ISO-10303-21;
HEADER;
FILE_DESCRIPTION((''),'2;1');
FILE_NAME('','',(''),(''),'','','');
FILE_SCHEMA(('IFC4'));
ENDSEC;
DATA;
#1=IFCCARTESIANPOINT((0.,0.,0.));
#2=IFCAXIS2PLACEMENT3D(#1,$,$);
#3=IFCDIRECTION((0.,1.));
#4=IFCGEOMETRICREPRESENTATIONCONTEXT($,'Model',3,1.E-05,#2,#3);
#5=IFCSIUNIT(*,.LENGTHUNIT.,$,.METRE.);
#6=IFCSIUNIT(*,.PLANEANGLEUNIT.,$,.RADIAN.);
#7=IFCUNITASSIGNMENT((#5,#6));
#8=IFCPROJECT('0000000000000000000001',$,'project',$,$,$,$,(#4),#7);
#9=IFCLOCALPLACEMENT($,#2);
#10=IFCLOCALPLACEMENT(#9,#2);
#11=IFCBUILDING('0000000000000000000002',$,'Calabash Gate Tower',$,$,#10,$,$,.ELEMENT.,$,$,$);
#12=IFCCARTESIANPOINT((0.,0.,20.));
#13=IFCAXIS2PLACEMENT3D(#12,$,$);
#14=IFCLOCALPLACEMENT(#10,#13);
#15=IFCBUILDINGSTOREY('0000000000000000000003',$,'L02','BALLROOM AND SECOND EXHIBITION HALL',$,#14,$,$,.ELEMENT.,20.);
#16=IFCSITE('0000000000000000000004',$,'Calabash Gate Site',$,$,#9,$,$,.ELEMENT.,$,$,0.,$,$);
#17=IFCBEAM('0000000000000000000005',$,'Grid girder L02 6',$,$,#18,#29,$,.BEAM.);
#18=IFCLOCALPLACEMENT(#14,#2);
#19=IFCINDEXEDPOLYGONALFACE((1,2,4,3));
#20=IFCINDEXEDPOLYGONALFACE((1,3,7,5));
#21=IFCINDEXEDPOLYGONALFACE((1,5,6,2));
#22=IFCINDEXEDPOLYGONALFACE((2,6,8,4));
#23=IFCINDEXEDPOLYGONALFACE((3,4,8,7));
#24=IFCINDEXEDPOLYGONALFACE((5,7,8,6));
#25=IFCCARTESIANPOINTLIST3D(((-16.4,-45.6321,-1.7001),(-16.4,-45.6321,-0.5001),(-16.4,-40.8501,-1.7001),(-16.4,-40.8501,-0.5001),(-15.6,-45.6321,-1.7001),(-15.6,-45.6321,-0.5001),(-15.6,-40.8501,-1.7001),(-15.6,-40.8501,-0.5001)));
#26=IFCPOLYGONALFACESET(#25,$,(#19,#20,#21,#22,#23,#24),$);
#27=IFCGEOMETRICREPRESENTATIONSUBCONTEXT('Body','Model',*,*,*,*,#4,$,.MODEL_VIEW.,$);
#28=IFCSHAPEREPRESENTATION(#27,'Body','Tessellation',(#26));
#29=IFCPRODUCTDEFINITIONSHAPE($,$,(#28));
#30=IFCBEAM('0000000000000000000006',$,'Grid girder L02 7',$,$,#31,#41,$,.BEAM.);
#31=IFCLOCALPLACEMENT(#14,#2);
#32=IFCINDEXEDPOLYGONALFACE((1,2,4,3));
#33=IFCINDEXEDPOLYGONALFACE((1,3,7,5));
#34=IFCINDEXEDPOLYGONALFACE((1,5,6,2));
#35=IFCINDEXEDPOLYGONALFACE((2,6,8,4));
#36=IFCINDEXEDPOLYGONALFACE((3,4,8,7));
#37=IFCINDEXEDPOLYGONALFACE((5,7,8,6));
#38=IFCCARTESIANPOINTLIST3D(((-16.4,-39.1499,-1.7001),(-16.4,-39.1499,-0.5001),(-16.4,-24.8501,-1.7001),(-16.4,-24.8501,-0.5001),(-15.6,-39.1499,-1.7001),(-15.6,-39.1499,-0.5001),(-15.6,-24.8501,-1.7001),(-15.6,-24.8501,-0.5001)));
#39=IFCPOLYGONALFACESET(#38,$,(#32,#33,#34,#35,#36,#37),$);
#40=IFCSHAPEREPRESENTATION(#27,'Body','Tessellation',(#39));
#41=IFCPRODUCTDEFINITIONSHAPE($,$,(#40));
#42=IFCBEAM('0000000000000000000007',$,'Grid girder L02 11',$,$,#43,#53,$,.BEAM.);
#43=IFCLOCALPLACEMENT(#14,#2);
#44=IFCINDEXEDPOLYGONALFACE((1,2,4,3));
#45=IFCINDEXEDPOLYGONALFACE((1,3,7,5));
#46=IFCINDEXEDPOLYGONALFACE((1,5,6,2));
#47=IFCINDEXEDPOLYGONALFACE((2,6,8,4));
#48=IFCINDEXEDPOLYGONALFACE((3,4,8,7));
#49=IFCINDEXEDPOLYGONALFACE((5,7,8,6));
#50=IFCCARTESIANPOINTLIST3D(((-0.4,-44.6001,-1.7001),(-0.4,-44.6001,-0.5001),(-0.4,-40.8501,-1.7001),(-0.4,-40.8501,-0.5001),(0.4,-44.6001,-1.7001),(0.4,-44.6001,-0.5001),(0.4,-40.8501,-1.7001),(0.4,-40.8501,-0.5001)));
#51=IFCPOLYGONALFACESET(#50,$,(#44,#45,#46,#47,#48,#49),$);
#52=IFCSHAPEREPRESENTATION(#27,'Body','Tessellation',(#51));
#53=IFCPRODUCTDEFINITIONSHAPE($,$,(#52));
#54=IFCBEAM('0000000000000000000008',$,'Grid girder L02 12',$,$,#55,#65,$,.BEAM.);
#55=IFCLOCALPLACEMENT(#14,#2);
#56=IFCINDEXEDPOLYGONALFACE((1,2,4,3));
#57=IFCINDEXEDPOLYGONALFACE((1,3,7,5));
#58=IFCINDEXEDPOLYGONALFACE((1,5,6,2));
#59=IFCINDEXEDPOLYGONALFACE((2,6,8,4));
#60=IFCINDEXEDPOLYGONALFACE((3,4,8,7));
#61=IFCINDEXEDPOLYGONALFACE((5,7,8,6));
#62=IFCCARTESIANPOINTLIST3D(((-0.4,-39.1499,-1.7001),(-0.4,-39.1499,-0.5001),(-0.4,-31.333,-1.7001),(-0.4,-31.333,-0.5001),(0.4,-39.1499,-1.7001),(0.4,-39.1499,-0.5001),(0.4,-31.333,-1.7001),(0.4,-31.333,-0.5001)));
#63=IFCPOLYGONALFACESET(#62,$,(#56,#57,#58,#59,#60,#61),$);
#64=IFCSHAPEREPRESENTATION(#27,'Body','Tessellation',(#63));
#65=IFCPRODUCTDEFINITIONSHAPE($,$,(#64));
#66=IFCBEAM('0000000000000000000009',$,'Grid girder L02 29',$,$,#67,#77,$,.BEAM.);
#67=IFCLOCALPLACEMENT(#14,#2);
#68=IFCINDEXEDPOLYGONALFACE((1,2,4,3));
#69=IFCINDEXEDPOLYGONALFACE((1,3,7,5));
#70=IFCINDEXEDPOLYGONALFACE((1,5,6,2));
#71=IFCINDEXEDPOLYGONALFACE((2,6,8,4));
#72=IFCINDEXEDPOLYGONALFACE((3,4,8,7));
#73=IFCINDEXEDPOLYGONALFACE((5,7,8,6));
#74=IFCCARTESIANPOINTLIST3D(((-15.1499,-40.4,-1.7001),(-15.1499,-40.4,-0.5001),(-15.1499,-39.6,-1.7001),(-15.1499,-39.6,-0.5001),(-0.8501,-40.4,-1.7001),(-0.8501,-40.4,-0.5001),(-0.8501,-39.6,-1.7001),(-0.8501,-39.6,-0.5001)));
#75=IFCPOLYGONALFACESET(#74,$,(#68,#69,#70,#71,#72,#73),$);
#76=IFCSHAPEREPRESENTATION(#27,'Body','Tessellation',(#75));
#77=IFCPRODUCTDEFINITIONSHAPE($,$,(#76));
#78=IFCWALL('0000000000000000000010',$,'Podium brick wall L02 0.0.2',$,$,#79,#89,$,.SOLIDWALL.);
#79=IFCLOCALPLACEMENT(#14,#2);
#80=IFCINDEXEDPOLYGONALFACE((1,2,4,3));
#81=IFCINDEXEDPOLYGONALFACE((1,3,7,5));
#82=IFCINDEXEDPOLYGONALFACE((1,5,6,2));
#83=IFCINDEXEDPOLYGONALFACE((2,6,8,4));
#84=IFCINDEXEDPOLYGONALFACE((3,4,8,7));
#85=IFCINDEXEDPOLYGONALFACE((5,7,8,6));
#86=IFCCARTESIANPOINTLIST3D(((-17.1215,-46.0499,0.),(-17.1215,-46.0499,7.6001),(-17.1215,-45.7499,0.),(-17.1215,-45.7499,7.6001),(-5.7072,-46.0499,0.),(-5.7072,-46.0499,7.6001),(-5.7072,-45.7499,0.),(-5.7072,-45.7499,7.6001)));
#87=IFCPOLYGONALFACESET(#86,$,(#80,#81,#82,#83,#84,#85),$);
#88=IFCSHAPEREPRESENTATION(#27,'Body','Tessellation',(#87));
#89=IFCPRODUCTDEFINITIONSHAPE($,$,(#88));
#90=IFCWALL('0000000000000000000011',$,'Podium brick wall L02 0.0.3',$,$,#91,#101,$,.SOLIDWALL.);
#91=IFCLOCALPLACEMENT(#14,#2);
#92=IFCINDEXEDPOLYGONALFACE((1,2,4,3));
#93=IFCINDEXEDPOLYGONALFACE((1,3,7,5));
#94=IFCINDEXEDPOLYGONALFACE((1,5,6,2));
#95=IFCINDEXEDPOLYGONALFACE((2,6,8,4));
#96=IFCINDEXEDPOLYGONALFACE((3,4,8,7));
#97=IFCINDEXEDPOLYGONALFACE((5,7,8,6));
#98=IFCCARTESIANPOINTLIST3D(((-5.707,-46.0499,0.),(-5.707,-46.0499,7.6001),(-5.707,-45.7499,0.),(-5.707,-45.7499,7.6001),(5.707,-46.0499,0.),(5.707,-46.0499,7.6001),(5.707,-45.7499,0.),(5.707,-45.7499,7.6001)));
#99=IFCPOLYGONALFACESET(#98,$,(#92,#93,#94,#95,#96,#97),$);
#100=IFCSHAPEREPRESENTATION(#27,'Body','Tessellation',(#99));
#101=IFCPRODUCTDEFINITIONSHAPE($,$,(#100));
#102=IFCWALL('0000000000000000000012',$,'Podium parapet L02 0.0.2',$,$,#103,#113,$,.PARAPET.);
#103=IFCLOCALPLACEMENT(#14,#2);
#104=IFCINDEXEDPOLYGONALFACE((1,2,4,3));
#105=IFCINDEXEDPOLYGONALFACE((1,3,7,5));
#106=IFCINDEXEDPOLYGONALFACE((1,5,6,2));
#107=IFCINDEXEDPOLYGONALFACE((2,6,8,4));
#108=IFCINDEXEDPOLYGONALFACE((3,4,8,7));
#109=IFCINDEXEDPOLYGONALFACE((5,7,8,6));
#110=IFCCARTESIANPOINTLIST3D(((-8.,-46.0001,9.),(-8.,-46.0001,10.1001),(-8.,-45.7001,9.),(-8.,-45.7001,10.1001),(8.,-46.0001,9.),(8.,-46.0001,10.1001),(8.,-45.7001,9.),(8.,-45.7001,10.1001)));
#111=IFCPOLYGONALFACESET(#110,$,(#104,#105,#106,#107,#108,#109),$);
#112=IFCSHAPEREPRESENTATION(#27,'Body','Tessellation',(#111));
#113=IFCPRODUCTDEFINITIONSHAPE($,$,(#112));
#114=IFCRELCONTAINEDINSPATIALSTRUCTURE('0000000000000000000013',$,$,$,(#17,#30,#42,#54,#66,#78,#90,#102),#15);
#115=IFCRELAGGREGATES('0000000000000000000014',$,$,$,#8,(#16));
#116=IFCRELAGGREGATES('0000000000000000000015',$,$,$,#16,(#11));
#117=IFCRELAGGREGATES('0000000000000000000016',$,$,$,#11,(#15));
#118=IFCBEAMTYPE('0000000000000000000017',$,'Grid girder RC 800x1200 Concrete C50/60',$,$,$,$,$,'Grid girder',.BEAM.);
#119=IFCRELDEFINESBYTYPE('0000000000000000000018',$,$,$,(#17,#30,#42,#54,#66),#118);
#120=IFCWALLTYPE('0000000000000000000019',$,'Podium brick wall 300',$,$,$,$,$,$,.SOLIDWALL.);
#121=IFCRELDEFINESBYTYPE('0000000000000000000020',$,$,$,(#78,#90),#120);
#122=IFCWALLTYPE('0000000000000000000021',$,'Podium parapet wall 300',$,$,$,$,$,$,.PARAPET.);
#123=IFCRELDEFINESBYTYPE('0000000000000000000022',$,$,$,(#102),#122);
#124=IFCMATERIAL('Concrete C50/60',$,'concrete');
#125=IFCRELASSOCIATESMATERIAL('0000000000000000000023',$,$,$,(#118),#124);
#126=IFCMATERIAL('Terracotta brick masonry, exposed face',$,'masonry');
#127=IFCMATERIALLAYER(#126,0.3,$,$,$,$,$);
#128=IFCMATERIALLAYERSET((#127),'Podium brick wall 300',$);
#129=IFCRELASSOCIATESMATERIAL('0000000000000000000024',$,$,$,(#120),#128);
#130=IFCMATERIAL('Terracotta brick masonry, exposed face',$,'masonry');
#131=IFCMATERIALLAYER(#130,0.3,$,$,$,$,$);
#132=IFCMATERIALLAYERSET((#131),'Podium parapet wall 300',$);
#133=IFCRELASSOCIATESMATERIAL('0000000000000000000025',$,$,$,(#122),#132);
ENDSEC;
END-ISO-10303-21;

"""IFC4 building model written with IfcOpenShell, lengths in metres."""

from ifc_helpers import new_model, si_unit, direction, frame, frame_2d, origin, origin_2d, place, context, subcontext, project, spatial, rectangle, extrude, material, layer, layer_set, material_profile, profile_set, type_object, element, save


model = new_model("IFC4")

# Units and contexts
model_context = context("Model", 3, precision=1e-05, world=origin(), true_north=direction((0.0, 1.0)))
body_context = subcontext(model_context, "Body", "Model", "MODEL_VIEW")
ifc_project = project(units=[si_unit("LENGTHUNIT", "METRE"), si_unit("PLANEANGLEUNIT", "RADIAN")], contexts=[model_context])

# Site, building, storey
site_placement = place(None, origin())
site = spatial("IfcSite", under=ifc_project, at=site_placement, Name="Calabash Gate Site", CompositionType="ELEMENT", RefElevation=0.0)
building_placement = place(site_placement, origin())
building = spatial("IfcBuilding", under=site, at=building_placement, Name="Calabash Gate Tower", CompositionType="ELEMENT")
storey_placement = place(building_placement, frame((0.0, 0.0, 20.0)))
storey = spatial("IfcBuildingStorey", under=building, at=storey_placement, Name="L02", Description="BALLROOM AND SECOND EXHIBITION HALL", CompositionType="ELEMENT", Elevation=20.0)

# Beams
ifc_material_1 = material(Name="Concrete C50/60", Category="concrete")
ifc_material_profile_1 = material_profile(ifc_material_1, rectangle(XDim=0.8, YDim=1.2, at=origin_2d()))
ifc_profile_set_1 = profile_set([ifc_material_profile_1], Name="Concrete C50/60")
beam_type_1 = type_object("IfcBeamType", Name="Grid girder RC 800x1200 Concrete C50/60", ElementType="Grid girder", PredefinedType="BEAM", material=ifc_profile_set_1)
beam_1_placement = place(storey_placement, frame((-16.0, -45.6321, -1.1001), z_axis=(0.0, 1.0, 0.0), x_axis=(-1.0, 0.0, 0.0)))
element("IfcBeam", 1, at=beam_1_placement, inside=storey, type_object=beam_type_1, Name="Grid girder L02 6", PredefinedType="BEAM", context=body_context, shape_type="SweptSolid", body=[
    extrude(rectangle(XDim=0.8, YDim=1.2, at=origin_2d()), origin(), (0.0, 0.0, 1.0), 4.782),
])
beam_2_placement = place(storey_placement, frame((-16.0, -39.1499, -1.1001), z_axis=(0.0, 1.0, 0.0), x_axis=(-1.0, 0.0, 0.0)))
element("IfcBeam", 2, at=beam_2_placement, inside=storey, type_object=beam_type_1, Name="Grid girder L02 7", PredefinedType="BEAM", context=body_context, shape_type="SweptSolid", body=[
    extrude(rectangle(XDim=0.8, YDim=1.2, at=origin_2d()), origin(), (0.0, 0.0, 1.0), 14.2998),
])
beam_3_placement = place(storey_placement, frame((0.0, -44.6001, -1.1001), z_axis=(0.0, 1.0, 0.0), x_axis=(-1.0, 0.0, 0.0)))
element("IfcBeam", 3, at=beam_3_placement, inside=storey, type_object=beam_type_1, Name="Grid girder L02 11", PredefinedType="BEAM", context=body_context, shape_type="SweptSolid", body=[
    extrude(rectangle(XDim=0.8, YDim=1.2, at=origin_2d()), origin(), (0.0, 0.0, 1.0), 3.75),
])
beam_4_placement = place(storey_placement, frame((0.0, -39.1499, -1.1001), z_axis=(0.0, 1.0, 0.0), x_axis=(-1.0, 0.0, 0.0)))
element("IfcBeam", 4, at=beam_4_placement, inside=storey, type_object=beam_type_1, Name="Grid girder L02 12", PredefinedType="BEAM", context=body_context, shape_type="SweptSolid", body=[
    extrude(rectangle(XDim=0.8, YDim=1.2, at=origin_2d()), origin(), (0.0, 0.0, 1.0), 7.8169),
])
beam_5_placement = place(storey_placement, frame((-15.1499, -40.0, -1.1001), z_axis=(1.0, 0.0, 0.0), x_axis=(0.0, 1.0, 0.0)))
element("IfcBeam", 5, at=beam_5_placement, inside=storey, type_object=beam_type_1, Name="Grid girder L02 29", PredefinedType="BEAM", context=body_context, shape_type="SweptSolid", body=[
    extrude(rectangle(XDim=0.8, YDim=1.2, at=origin_2d()), origin(), (0.0, 0.0, 1.0), 14.2998),
])

# Walls
ifc_material_2 = material(Name="Terracotta brick masonry, exposed face", Category="masonry")
ifc_layer_1 = layer(ifc_material_2, 0.3)
ifc_layer_set_1 = layer_set([ifc_layer_1], Name="Podium brick wall 300")
wall_type_1 = type_object("IfcWallType", Name="Podium brick wall 300", PredefinedType="SOLIDWALL", material=ifc_layer_set_1)
wall_1_placement = place(storey_placement, frame((-17.1213, -45.8999, 0.0), z_axis=(0.0, 0.0, 1.0), x_axis=(1.0, 0.0, 0.0)))
element("IfcWall", 6, at=wall_1_placement, inside=storey, type_object=wall_type_1, Name="Podium brick wall L02 0.0.2", PredefinedType="SOLIDWALL", context=body_context, shape_type="SweptSolid", body=[
    extrude(rectangle(XDim=11.4143, YDim=0.3, at=frame_2d((5.707, 0.0))), origin(), (0.0, 0.0, 1.0), 7.6001),
])
wall_2_placement = place(storey_placement, frame((-5.707, -45.8999, 0.0), z_axis=(0.0, 0.0, 1.0), x_axis=(1.0, 0.0, 0.0)))
element("IfcWall", 7, at=wall_2_placement, inside=storey, type_object=wall_type_1, Name="Podium brick wall L02 0.0.3", PredefinedType="SOLIDWALL", context=body_context, shape_type="SweptSolid", body=[
    extrude(rectangle(XDim=11.4141, YDim=0.3, at=frame_2d((5.707, 0.0))), origin(), (0.0, 0.0, 1.0), 7.6001),
])
ifc_material_3 = material(Name="Terracotta brick masonry, exposed face", Category="masonry")
ifc_layer_2 = layer(ifc_material_3, 0.3)
ifc_layer_set_2 = layer_set([ifc_layer_2], Name="Podium parapet wall 300")
wall_type_2 = type_object("IfcWallType", Name="Podium parapet wall 300", PredefinedType="PARAPET", material=ifc_layer_set_2)
wall_3_placement = place(storey_placement, frame((-8.0, -45.8501, 9.0), z_axis=(0.0, 0.0, 1.0), x_axis=(1.0, 0.0, 0.0)))
element("IfcWall", 8, at=wall_3_placement, inside=storey, type_object=wall_type_2, Name="Podium parapet L02 0.0.2", PredefinedType="PARAPET", context=body_context, shape_type="SweptSolid", body=[
    extrude(rectangle(XDim=16.0, YDim=0.3, at=frame_2d((8.0, 0.0))), origin(), (0.0, 0.0, 1.0), 1.1001),
])

save(model, "model.ifc")
